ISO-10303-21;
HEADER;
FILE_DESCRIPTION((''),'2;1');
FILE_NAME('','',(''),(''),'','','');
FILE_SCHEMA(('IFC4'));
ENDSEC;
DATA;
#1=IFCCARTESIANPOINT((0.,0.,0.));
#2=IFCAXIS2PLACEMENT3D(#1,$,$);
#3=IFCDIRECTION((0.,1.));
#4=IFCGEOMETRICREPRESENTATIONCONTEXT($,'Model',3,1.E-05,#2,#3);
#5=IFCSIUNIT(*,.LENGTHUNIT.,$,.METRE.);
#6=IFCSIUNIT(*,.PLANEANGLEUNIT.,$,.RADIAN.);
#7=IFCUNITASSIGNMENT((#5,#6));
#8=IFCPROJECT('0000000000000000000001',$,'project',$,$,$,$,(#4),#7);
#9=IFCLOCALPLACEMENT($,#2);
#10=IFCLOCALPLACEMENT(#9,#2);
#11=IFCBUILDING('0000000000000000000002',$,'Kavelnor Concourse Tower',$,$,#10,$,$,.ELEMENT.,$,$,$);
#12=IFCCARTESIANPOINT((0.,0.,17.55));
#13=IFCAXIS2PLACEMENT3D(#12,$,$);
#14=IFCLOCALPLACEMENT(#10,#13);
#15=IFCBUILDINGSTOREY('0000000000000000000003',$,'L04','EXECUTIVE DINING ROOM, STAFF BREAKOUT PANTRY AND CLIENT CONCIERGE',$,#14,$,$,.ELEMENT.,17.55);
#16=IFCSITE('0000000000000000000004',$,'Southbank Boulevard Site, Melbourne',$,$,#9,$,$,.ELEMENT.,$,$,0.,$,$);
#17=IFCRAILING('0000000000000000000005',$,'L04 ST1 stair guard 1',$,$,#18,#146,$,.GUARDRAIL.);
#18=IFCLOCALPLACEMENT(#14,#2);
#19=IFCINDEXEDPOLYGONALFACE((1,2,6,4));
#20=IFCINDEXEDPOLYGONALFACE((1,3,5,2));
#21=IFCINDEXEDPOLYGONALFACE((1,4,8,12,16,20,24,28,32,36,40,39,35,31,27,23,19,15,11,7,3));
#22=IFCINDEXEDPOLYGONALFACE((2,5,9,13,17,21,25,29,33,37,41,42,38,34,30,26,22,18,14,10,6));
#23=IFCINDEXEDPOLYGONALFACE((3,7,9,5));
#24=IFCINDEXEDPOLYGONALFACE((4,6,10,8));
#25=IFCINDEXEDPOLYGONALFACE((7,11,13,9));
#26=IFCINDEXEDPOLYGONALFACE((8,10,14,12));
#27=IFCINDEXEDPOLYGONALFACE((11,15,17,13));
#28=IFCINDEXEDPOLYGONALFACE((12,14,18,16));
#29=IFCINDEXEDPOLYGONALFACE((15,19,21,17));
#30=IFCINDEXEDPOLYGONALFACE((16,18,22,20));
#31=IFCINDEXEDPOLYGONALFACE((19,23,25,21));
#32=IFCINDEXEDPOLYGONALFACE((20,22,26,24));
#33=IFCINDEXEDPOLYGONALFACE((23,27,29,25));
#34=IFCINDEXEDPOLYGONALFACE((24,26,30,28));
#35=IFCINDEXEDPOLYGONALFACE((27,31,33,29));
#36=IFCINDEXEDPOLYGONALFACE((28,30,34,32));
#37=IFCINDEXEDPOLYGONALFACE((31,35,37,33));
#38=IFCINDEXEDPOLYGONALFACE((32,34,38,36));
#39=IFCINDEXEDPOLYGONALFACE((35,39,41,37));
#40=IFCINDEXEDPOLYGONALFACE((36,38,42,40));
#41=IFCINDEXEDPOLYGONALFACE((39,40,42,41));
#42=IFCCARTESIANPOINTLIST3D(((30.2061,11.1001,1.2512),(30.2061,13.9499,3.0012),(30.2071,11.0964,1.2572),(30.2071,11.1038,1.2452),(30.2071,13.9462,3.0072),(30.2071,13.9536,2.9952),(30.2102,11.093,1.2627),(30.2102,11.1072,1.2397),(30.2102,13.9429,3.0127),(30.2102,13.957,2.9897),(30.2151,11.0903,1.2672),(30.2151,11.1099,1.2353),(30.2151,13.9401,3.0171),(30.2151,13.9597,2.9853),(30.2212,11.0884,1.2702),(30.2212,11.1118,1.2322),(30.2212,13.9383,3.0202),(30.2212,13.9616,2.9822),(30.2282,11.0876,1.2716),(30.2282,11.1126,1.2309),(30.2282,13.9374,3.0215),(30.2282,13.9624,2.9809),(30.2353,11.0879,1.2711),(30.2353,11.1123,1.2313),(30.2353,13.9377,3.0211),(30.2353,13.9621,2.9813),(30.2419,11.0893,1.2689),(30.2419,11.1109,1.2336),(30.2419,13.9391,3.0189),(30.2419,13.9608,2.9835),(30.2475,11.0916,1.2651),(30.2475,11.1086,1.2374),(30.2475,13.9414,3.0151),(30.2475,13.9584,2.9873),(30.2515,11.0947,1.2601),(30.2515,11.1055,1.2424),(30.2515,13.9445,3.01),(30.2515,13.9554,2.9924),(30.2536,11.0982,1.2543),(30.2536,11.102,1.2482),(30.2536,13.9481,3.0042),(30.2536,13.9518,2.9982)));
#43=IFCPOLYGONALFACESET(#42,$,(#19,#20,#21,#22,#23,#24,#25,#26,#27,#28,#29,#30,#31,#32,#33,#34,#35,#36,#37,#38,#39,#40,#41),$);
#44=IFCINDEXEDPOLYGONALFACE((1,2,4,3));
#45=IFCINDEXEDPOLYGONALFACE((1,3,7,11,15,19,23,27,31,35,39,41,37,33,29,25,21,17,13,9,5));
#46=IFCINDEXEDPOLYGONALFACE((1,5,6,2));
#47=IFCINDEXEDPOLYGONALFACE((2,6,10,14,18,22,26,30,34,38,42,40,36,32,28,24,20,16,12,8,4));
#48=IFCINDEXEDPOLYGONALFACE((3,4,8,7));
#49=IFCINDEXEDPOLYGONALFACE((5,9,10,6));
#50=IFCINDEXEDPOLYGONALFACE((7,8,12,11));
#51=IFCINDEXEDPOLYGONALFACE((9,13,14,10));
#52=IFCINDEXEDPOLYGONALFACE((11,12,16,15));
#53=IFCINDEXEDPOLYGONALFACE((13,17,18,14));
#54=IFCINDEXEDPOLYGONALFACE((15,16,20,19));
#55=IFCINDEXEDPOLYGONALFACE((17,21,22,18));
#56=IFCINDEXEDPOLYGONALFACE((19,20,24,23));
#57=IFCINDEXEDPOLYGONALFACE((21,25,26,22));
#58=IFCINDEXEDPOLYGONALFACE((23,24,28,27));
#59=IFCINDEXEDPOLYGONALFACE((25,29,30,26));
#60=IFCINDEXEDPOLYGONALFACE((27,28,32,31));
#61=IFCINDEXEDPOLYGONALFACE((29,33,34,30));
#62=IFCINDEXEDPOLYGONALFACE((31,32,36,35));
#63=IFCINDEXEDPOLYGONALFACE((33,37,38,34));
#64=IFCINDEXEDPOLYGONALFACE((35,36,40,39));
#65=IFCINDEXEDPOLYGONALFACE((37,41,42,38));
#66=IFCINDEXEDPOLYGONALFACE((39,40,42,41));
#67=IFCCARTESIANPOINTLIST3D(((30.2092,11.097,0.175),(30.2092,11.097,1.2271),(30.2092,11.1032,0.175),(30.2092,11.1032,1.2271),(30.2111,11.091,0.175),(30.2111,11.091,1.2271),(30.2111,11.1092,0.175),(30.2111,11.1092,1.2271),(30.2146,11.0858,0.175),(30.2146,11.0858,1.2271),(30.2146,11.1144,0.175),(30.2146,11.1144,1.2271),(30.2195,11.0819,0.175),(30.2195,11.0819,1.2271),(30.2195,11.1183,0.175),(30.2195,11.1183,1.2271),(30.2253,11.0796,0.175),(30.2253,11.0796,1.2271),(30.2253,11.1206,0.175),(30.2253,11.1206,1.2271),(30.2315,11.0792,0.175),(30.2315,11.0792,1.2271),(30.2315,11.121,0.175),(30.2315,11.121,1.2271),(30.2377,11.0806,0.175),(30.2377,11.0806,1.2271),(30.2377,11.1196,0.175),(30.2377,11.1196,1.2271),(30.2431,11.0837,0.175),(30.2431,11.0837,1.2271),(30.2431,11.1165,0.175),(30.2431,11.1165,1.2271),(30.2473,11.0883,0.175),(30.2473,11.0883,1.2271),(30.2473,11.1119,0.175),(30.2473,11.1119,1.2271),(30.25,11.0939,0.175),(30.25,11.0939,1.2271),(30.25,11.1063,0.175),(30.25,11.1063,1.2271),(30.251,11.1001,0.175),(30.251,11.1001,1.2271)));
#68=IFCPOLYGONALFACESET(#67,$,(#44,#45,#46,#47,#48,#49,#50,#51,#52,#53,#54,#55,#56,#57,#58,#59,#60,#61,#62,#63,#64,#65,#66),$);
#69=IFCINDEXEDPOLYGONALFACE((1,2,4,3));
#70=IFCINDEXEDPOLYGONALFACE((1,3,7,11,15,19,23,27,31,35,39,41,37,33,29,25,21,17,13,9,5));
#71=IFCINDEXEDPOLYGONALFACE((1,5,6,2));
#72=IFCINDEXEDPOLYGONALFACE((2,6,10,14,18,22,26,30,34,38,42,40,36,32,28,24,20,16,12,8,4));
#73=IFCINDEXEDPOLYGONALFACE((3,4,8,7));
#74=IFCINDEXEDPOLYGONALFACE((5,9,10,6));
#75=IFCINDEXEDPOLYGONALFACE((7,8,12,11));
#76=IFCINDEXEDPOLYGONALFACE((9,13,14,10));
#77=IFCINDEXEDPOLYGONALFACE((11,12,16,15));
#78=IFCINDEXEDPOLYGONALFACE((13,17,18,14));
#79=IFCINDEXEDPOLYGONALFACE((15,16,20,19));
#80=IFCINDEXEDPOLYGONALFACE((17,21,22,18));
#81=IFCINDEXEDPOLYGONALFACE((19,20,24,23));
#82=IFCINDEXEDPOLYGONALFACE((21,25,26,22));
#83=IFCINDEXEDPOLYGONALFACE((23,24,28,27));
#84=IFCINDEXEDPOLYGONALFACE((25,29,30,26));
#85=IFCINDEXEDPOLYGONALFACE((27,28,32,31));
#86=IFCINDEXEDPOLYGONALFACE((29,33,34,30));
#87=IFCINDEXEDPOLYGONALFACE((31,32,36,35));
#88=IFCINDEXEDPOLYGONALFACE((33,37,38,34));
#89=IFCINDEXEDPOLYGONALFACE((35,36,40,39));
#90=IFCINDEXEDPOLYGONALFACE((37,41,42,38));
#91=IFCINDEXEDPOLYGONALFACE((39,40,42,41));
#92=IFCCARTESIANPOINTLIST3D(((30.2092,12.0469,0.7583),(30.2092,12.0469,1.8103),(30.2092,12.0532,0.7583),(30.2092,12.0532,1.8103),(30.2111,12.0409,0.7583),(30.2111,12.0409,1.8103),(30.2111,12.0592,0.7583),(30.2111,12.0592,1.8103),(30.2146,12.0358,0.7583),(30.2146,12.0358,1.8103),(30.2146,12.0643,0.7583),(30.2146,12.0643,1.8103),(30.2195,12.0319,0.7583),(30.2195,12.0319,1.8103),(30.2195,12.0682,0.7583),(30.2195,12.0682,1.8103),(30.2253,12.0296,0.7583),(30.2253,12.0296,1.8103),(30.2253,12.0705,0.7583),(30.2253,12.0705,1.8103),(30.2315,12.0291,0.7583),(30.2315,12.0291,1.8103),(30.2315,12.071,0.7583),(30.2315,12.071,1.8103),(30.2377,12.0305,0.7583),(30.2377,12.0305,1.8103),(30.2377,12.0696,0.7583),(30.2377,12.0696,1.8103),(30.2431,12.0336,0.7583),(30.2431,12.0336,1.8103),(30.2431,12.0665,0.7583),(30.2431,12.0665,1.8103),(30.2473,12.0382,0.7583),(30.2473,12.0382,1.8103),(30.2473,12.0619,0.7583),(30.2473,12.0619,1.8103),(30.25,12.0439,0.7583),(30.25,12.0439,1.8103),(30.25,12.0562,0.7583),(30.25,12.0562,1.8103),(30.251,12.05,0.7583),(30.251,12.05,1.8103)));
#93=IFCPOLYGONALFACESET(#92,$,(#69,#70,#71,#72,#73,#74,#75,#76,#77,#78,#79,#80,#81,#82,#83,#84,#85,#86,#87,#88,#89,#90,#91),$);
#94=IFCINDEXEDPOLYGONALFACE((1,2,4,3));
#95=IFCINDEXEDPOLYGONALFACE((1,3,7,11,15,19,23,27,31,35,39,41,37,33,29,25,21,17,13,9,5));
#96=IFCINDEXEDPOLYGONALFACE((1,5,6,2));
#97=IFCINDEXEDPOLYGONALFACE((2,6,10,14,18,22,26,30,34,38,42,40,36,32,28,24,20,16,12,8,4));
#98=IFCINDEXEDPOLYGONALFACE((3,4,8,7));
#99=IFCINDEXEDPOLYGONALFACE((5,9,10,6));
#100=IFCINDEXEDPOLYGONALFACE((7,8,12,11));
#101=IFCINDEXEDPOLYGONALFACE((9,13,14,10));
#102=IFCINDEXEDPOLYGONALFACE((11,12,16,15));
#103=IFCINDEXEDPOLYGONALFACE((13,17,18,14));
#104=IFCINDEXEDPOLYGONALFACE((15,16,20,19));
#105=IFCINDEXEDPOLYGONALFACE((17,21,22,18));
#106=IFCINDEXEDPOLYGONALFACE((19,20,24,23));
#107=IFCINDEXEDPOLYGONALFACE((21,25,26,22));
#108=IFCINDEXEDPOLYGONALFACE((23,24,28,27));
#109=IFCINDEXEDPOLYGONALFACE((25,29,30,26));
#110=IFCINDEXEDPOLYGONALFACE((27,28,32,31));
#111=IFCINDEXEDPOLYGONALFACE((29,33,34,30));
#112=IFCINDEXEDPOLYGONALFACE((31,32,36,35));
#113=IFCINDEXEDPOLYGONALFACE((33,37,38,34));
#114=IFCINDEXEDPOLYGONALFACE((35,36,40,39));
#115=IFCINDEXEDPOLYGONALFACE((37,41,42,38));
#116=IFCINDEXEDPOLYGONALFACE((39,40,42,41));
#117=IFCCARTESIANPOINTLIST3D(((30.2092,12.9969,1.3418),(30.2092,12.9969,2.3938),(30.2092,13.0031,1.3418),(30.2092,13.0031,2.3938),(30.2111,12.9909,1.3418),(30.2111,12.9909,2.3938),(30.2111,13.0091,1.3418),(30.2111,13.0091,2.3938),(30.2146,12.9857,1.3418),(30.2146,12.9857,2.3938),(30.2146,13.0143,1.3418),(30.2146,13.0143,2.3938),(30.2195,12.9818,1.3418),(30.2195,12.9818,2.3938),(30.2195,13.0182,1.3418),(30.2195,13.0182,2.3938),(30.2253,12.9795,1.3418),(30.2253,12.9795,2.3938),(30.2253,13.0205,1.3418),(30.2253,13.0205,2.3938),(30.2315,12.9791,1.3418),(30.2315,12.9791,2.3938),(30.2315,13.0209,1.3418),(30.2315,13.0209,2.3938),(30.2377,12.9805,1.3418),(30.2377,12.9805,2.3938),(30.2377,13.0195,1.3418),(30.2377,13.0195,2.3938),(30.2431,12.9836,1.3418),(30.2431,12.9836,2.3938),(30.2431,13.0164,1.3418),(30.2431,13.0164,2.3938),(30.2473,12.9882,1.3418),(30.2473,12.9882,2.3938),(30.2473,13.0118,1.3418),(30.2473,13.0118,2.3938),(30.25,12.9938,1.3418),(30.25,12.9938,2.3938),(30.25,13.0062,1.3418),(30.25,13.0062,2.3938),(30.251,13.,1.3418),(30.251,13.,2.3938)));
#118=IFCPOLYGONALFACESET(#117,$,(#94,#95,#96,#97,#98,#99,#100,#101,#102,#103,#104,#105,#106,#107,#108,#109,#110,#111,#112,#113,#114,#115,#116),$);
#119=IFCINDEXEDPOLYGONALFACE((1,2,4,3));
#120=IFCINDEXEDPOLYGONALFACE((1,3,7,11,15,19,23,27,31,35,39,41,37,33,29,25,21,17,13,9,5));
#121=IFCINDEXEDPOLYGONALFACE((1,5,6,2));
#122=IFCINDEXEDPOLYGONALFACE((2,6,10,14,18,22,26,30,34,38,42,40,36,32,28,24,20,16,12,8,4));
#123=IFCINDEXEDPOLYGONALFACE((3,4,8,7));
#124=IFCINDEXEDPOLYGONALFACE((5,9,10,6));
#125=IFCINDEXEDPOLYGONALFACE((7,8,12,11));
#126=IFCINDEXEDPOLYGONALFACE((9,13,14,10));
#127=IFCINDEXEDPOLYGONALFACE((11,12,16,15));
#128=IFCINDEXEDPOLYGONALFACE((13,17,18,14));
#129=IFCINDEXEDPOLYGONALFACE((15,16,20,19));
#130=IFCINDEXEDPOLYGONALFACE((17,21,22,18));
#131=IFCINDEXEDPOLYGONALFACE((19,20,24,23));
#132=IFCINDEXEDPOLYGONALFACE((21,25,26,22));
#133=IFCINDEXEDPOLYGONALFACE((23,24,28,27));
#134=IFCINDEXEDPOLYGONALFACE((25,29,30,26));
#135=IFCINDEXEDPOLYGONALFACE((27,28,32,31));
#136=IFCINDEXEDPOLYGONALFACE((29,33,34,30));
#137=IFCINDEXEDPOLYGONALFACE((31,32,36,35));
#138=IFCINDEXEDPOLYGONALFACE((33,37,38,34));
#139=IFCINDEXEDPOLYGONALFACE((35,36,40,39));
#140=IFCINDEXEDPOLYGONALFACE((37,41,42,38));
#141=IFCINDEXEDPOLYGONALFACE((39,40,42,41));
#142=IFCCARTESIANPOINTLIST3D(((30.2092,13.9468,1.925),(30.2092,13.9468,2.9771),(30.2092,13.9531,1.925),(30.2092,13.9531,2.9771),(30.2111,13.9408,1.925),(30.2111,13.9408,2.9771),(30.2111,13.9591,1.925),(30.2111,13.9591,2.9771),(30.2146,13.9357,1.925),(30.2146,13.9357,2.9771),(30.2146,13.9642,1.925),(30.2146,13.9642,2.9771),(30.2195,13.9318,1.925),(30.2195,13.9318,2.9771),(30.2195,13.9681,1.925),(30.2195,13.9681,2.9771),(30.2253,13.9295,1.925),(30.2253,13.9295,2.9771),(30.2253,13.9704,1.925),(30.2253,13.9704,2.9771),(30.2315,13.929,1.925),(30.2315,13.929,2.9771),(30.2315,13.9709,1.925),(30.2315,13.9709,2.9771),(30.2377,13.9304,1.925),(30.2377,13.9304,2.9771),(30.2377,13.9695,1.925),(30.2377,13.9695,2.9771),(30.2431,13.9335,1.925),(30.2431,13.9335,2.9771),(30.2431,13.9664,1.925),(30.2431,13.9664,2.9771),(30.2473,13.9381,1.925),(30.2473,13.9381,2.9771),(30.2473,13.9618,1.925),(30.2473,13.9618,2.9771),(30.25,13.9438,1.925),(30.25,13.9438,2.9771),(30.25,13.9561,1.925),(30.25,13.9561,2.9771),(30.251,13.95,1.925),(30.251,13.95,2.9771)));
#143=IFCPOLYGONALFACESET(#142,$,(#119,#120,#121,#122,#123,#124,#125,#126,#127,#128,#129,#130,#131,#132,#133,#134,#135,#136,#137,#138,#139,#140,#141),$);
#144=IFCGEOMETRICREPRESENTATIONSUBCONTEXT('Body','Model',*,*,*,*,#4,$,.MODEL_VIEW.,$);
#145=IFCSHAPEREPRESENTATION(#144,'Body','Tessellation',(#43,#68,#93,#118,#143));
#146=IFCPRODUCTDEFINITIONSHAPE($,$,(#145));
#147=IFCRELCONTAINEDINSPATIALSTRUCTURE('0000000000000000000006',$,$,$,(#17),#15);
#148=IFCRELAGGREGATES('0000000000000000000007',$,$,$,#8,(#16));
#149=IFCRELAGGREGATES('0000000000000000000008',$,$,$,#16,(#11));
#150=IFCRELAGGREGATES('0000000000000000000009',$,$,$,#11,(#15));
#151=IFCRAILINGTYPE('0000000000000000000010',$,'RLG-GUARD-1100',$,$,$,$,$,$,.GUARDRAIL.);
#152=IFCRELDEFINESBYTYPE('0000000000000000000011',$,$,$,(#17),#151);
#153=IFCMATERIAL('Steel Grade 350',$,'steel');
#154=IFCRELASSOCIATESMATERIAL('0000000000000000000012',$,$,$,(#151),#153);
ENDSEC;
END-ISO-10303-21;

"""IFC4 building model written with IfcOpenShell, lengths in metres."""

from ifc_helpers import new_model, si_unit, direction, frame, origin, origin_2d, place, context, subcontext, project, spatial, circle, extrude, material, type_object, element, save


model = new_model("IFC4")

# Units and contexts
model_context = context("Model", 3, precision=1e-05, world=origin(), true_north=direction((0.0, 1.0)))
body_context = subcontext(model_context, "Body", "Model", "MODEL_VIEW")
ifc_project = project(units=[si_unit("LENGTHUNIT", "METRE"), si_unit("PLANEANGLEUNIT", "RADIAN")], contexts=[model_context])

# Site, building, storey
site_placement = place(None, origin())
site = spatial("IfcSite", under=ifc_project, at=site_placement, Name="Southbank Boulevard Site, Melbourne", CompositionType="ELEMENT", RefElevation=0.0)
building_placement = place(site_placement, origin())
building = spatial("IfcBuilding", under=site, at=building_placement, Name="Kavelnor Concourse Tower", CompositionType="ELEMENT")
storey_placement = place(building_placement, frame((0.0, 0.0, 17.55)))
storey = spatial("IfcBuildingStorey", under=building, at=storey_placement, Name="L04", Description="EXECUTIVE DINING ROOM, STAFF BREAKOUT PANTRY AND CLIENT CONCIERGE", CompositionType="ELEMENT", Elevation=17.55)

# Shared definitions
ifc_material_1 = material(Name="Steel Grade 350", Category="steel")

# Railing
railing_type_1 = type_object("IfcRailingType", Name="RLG-GUARD-1100", PredefinedType="GUARDRAIL", material=ifc_material_1)
railing_1_placement = place(storey_placement, frame((30.23, 11.1001, 0.175)))
element("IfcRailing", 1, at=railing_1_placement, inside=storey, type_object=railing_type_1, Name="L04 ST1 stair guard 1", PredefinedType="GUARDRAIL", context=body_context, shape_type="SweptSolid", body=[
    extrude(circle(Radius=0.0239, at=origin_2d()), frame((0.0, 0.0, 1.0762), z_axis=(0.0, 0.852159, 0.523283), x_axis=(-1.0, 0.0, 0.0)), (0.0, 0.0, 1.0), 3.3442),
    extrude(circle(Radius=0.021, at=origin_2d()), origin(), (0.0, 0.0, 1.0), 1.052),
    extrude(circle(Radius=0.021, at=origin_2d()), frame((0.0, 0.95, 0.5833)), (0.0, 0.0, 1.0), 1.052),
    extrude(circle(Radius=0.021, at=origin_2d()), frame((0.0, 1.8999, 1.1667)), (0.0, 0.0, 1.0), 1.052),
    extrude(circle(Radius=0.021, at=origin_2d()), frame((0.0, 2.8499, 1.75)), (0.0, 0.0, 1.0), 1.052),
])

save(model, "model.ifc")
